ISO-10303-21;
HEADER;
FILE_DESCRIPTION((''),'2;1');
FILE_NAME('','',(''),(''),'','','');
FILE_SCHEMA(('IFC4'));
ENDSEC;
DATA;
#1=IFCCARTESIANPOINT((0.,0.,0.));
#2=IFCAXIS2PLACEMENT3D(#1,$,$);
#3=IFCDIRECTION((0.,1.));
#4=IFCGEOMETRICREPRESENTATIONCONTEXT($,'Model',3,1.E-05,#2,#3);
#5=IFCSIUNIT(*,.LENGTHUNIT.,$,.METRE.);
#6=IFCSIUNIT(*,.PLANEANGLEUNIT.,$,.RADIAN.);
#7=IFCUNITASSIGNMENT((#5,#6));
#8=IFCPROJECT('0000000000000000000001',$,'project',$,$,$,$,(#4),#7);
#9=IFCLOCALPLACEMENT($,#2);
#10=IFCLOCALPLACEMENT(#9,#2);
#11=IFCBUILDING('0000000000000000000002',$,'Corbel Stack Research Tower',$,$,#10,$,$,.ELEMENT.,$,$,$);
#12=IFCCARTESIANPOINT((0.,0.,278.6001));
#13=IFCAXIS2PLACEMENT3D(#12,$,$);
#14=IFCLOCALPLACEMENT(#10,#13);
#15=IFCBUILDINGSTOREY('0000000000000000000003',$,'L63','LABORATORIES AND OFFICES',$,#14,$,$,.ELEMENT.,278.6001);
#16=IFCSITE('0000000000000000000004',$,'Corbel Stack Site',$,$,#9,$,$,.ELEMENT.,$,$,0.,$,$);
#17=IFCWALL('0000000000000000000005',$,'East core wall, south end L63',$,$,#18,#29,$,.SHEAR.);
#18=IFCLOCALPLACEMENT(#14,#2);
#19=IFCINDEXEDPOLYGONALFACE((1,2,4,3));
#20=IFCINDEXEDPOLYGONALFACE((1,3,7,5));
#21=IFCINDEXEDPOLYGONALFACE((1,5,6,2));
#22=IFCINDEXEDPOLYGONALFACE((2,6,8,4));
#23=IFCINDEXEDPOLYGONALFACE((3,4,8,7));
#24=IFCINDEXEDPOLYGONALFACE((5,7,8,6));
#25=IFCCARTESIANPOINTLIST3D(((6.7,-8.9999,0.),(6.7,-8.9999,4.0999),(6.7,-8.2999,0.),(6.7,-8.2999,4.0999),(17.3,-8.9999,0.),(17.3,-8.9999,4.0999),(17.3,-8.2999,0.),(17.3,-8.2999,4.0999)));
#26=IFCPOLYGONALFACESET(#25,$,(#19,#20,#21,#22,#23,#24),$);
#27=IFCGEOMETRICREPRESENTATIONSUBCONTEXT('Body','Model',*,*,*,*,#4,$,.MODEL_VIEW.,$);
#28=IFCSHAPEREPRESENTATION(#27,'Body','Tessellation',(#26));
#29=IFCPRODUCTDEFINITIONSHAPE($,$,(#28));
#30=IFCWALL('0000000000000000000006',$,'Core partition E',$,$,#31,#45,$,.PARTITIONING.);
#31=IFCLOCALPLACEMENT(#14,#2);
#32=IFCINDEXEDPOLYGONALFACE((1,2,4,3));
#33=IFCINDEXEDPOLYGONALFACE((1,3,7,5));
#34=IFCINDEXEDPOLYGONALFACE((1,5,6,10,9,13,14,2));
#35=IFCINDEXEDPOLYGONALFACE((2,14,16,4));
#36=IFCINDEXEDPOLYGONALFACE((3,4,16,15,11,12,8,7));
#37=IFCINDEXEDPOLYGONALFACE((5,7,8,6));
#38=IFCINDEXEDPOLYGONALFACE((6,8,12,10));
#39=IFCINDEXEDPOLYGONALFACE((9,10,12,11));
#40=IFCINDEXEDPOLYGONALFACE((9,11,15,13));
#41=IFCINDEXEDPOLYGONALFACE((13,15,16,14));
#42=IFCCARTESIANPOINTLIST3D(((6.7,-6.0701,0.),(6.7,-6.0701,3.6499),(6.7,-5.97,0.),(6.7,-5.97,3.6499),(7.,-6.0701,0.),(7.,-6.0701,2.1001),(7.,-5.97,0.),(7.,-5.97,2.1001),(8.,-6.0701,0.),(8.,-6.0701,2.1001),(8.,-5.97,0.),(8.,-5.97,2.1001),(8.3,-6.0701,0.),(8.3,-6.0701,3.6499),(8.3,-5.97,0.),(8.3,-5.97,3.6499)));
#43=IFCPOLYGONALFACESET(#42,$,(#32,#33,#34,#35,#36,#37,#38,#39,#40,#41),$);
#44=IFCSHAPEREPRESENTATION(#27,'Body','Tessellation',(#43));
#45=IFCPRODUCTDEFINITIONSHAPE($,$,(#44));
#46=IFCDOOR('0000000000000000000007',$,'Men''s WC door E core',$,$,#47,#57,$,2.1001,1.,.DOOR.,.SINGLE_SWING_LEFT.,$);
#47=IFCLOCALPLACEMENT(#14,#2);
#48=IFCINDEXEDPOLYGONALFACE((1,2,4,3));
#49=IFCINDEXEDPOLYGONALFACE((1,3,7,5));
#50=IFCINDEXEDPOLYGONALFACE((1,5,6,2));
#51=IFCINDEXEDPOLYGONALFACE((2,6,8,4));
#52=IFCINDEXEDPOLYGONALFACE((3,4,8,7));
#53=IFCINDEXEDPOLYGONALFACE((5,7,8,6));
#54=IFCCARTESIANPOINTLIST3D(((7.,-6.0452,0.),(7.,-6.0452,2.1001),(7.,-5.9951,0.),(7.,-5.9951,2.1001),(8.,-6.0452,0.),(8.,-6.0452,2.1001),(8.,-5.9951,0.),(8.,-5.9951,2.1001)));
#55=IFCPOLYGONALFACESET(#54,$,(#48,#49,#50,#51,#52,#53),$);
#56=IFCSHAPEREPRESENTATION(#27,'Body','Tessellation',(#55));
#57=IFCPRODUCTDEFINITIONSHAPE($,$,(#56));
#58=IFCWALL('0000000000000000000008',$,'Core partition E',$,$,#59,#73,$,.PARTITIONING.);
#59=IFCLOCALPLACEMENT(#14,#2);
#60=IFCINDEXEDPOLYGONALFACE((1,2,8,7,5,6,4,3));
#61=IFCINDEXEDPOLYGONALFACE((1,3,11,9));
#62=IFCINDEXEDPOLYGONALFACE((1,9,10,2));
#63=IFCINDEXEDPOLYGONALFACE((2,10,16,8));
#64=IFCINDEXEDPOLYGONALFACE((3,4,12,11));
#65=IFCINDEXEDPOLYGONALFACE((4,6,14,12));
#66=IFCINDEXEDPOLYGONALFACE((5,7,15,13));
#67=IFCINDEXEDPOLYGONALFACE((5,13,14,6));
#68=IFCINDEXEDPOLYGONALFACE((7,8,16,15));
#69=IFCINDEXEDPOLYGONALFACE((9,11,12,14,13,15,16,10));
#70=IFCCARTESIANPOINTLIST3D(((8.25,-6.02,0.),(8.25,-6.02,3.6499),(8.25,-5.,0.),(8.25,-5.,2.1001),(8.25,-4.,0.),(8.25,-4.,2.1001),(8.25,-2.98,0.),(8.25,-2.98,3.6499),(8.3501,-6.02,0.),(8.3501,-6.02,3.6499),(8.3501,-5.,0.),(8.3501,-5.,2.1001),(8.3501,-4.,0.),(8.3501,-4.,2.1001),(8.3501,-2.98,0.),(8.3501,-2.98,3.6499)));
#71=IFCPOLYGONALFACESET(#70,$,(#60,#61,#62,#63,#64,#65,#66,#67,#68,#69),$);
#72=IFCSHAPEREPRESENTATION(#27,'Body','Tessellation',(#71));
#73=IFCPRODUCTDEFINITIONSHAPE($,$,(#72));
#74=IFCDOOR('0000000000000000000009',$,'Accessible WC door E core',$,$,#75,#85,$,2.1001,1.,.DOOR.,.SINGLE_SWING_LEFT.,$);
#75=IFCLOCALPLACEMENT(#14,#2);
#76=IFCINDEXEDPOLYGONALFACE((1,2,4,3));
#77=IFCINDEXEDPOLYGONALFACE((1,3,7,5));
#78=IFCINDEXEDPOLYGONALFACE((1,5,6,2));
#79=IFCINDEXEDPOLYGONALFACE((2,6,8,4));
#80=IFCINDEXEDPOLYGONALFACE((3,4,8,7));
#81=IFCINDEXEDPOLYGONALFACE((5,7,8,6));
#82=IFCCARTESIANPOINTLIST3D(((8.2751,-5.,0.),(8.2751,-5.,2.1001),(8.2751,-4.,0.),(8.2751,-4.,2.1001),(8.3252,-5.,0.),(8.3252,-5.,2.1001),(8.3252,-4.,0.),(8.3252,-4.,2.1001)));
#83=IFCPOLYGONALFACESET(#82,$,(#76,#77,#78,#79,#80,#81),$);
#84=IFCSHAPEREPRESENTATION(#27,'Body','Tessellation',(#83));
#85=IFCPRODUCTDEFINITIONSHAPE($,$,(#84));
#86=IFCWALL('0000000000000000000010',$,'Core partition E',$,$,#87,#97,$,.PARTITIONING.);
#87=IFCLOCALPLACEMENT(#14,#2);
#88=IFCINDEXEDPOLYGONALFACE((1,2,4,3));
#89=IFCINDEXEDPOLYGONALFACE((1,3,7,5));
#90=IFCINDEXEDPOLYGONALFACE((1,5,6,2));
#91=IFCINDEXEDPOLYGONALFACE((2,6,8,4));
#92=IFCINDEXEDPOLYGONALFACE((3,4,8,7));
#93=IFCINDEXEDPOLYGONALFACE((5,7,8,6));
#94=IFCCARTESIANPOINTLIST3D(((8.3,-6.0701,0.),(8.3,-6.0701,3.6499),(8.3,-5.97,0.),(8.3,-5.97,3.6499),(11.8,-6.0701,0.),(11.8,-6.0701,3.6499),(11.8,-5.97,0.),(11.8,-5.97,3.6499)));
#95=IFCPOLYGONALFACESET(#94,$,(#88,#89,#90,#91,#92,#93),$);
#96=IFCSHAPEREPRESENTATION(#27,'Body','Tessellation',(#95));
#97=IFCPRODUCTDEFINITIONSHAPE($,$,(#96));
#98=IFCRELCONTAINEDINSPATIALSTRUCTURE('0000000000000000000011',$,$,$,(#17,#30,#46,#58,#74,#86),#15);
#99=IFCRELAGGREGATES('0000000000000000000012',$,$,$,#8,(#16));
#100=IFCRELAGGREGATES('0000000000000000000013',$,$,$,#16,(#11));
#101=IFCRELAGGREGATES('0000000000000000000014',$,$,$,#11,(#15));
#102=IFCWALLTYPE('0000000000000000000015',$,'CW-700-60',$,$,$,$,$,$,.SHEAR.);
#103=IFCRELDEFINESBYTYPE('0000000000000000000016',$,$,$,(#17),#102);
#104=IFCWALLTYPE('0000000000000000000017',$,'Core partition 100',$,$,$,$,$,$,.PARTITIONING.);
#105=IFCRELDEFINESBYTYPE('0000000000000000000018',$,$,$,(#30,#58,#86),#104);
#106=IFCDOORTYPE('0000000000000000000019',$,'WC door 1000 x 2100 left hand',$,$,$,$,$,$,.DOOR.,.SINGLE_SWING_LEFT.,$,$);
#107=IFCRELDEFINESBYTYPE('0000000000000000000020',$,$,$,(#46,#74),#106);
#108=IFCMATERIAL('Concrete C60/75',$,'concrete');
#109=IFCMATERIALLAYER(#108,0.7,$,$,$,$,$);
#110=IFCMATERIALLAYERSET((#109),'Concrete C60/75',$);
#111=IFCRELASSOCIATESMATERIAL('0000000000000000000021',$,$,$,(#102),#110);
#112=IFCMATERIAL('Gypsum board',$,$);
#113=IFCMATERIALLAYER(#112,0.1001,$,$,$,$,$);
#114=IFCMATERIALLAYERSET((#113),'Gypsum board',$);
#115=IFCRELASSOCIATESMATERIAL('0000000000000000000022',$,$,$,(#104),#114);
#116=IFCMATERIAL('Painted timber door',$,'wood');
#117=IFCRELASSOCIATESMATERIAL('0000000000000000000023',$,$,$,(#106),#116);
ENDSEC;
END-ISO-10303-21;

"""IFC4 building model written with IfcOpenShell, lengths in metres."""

from ifc_helpers import new_model, si_unit, direction, frame, frame_2d, origin, place, context, subcontext, project, spatial, rectangle, extrude, material, layer, layer_set, type_object, element, fill, save


model = new_model("IFC4")

# Units and contexts
model_context = context("Model", 3, precision=1e-05, world=origin(), true_north=direction((0.0, 1.0)))
body_context = subcontext(model_context, "Body", "Model", "MODEL_VIEW")
ifc_project = project(units=[si_unit("LENGTHUNIT", "METRE"), si_unit("PLANEANGLEUNIT", "RADIAN")], contexts=[model_context])

# Site, building, storey
site_placement = place(None, origin())
site = spatial("IfcSite", under=ifc_project, at=site_placement, Name="Corbel Stack Site", CompositionType="ELEMENT", RefElevation=0.0)
building_placement = place(site_placement, origin())
building = spatial("IfcBuilding", under=site, at=building_placement, Name="Corbel Stack Research Tower", CompositionType="ELEMENT")
storey_placement = place(building_placement, frame((0.0, 0.0, 278.6001)))
storey = spatial("IfcBuildingStorey", under=building, at=storey_placement, Name="L63", Description="LABORATORIES AND OFFICES", CompositionType="ELEMENT", Elevation=278.6001)

# Shared definitions
ifc_material_1 = material(Name="Concrete C60/75", Category="concrete")
ifc_layer_1 = layer(ifc_material_1, 0.7)
ifc_layer_set_1 = layer_set([ifc_layer_1], Name="Concrete C60/75")
wall_type_1 = type_object("IfcWallType", Name="CW-700-60", PredefinedType="SHEAR", material=ifc_layer_set_1)

# Wall
wall_1_placement = place(storey_placement, frame((6.7, -8.6499, 0.0), z_axis=(0.0, 0.0, 1.0), x_axis=(1.0, 0.0, 0.0)))
element("IfcWall", 1, at=wall_1_placement, inside=storey, type_object=wall_type_1, Name="East core wall, south end L63", PredefinedType="SHEAR", context=body_context, shape_type="SweptSolid", body=[
    extrude(rectangle(XDim=10.6001, YDim=0.7, at=frame_2d((5.3, 0.0))), origin(), (0.0, 0.0, 1.0), 4.0999),
])

# Walls, openings, doors
ifc_material_2 = material(Name="Gypsum board")
ifc_layer_2 = layer(ifc_material_2, 0.1001)
ifc_layer_set_2 = layer_set([ifc_layer_2], Name="Gypsum board")
wall_type_2 = type_object("IfcWallType", Name="Core partition 100", PredefinedType="PARTITIONING", material=ifc_layer_set_2)
wall_2_placement = place(storey_placement, frame((6.7, -6.02, 0.0), z_axis=(0.0, 0.0, 1.0), x_axis=(1.0, 0.0, 0.0)))
wall_2 = element("IfcWall", 2, at=wall_2_placement, inside=storey, type_object=wall_type_2, Name="Core partition E", PredefinedType="PARTITIONING", context=body_context, shape_type="SweptSolid", body=[
    extrude(rectangle(XDim=1.6001, YDim=0.1001, at=frame_2d((0.8, 0.0))), origin(), (0.0, 0.0, 1.0), 3.6499),
])
opening_1_placement = place(wall_2_placement, frame((0.3, 0.0, 0.0)))
opening_1 = element("IfcOpeningElement", 3, at=opening_1_placement, cuts=wall_2, PredefinedType="OPENING", context=body_context, shape_type="SweptSolid", body=[
    extrude(rectangle(XDim=1.0, YDim=2.1001, at=frame_2d((0.5, 1.05))), frame((0.0, 0.0601, 0.0), z_axis=(0.0, -1.0, 0.0), x_axis=(1.0, 0.0, 0.0)), (0.0, 0.0, 1.0), 0.1201),
])
ifc_material_3 = material(Name="Painted timber door", Category="wood")
door_type_1 = type_object("IfcDoorType", Name="WC door 1000 x 2100 left hand", OperationType="SINGLE_SWING_LEFT", PredefinedType="DOOR", material=ifc_material_3)
door_1_placement = place(opening_1_placement, origin())
door_1 = element("IfcDoor", 4, at=door_1_placement, inside=storey, type_object=door_type_1, Name="Men's WC door E core", OperationType="SINGLE_SWING_LEFT", OverallHeight=2.1001, OverallWidth=1.0, PredefinedType="DOOR", context=body_context, shape_type="SweptSolid", body=[
    extrude(rectangle(XDim=1.0, YDim=2.1001, at=frame_2d((0.5, 1.05))), frame((0.0, 0.0249, 0.0), z_axis=(0.0, -1.0, 0.0), x_axis=(1.0, 0.0, 0.0)), (0.0, 0.0, 1.0), 0.05),
])
fill(opening_1, door_1)
wall_3_placement = place(storey_placement, frame((8.3, -6.02, 0.0), z_axis=(0.0, 0.0, 1.0), x_axis=(0.0, 1.0, 0.0)))
wall_3 = element("IfcWall", 5, at=wall_3_placement, inside=storey, type_object=wall_type_2, Name="Core partition E", PredefinedType="PARTITIONING", context=body_context, shape_type="SweptSolid", body=[
    extrude(rectangle(XDim=3.04, YDim=0.1001, at=frame_2d((1.52, 0.0))), origin(), (0.0, 0.0, 1.0), 3.6499),
])
opening_2_placement = place(wall_3_placement, frame((1.02, 0.0, 0.0)))
opening_2 = element("IfcOpeningElement", 6, at=opening_2_placement, cuts=wall_3, PredefinedType="OPENING", context=body_context, shape_type="SweptSolid", body=[
    extrude(rectangle(XDim=1.0, YDim=2.1001, at=frame_2d((0.5, 1.05))), frame((0.0, 0.0601, 0.0), z_axis=(0.0, -1.0, 0.0), x_axis=(1.0, 0.0, 0.0)), (0.0, 0.0, 1.0), 0.1201),
])
door_2_placement = place(opening_2_placement, origin())
door_2 = element("IfcDoor", 7, at=door_2_placement, inside=storey, type_object=door_type_1, Name="Accessible WC door E core", OperationType="SINGLE_SWING_LEFT", OverallHeight=2.1001, OverallWidth=1.0, PredefinedType="DOOR", context=body_context, shape_type="SweptSolid", body=[
    extrude(rectangle(XDim=1.0, YDim=2.1001, at=frame_2d((0.5, 1.05))), frame((0.0, 0.0249, 0.0), z_axis=(0.0, -1.0, 0.0), x_axis=(1.0, 0.0, 0.0)), (0.0, 0.0, 1.0), 0.05),
])
fill(opening_2, door_2)

# Wall
wall_4_placement = place(storey_placement, frame((8.3, -6.02, 0.0), z_axis=(0.0, 0.0, 1.0), x_axis=(1.0, 0.0, 0.0)))
element("IfcWall", 8, at=wall_4_placement, inside=storey, type_object=wall_type_2, Name="Core partition E", PredefinedType="PARTITIONING", context=body_context, shape_type="SweptSolid", body=[
    extrude(rectangle(XDim=3.5, YDim=0.1001, at=frame_2d((1.75, 0.0))), origin(), (0.0, 0.0, 1.0), 3.6499),
])

save(model, "model.ifc")
